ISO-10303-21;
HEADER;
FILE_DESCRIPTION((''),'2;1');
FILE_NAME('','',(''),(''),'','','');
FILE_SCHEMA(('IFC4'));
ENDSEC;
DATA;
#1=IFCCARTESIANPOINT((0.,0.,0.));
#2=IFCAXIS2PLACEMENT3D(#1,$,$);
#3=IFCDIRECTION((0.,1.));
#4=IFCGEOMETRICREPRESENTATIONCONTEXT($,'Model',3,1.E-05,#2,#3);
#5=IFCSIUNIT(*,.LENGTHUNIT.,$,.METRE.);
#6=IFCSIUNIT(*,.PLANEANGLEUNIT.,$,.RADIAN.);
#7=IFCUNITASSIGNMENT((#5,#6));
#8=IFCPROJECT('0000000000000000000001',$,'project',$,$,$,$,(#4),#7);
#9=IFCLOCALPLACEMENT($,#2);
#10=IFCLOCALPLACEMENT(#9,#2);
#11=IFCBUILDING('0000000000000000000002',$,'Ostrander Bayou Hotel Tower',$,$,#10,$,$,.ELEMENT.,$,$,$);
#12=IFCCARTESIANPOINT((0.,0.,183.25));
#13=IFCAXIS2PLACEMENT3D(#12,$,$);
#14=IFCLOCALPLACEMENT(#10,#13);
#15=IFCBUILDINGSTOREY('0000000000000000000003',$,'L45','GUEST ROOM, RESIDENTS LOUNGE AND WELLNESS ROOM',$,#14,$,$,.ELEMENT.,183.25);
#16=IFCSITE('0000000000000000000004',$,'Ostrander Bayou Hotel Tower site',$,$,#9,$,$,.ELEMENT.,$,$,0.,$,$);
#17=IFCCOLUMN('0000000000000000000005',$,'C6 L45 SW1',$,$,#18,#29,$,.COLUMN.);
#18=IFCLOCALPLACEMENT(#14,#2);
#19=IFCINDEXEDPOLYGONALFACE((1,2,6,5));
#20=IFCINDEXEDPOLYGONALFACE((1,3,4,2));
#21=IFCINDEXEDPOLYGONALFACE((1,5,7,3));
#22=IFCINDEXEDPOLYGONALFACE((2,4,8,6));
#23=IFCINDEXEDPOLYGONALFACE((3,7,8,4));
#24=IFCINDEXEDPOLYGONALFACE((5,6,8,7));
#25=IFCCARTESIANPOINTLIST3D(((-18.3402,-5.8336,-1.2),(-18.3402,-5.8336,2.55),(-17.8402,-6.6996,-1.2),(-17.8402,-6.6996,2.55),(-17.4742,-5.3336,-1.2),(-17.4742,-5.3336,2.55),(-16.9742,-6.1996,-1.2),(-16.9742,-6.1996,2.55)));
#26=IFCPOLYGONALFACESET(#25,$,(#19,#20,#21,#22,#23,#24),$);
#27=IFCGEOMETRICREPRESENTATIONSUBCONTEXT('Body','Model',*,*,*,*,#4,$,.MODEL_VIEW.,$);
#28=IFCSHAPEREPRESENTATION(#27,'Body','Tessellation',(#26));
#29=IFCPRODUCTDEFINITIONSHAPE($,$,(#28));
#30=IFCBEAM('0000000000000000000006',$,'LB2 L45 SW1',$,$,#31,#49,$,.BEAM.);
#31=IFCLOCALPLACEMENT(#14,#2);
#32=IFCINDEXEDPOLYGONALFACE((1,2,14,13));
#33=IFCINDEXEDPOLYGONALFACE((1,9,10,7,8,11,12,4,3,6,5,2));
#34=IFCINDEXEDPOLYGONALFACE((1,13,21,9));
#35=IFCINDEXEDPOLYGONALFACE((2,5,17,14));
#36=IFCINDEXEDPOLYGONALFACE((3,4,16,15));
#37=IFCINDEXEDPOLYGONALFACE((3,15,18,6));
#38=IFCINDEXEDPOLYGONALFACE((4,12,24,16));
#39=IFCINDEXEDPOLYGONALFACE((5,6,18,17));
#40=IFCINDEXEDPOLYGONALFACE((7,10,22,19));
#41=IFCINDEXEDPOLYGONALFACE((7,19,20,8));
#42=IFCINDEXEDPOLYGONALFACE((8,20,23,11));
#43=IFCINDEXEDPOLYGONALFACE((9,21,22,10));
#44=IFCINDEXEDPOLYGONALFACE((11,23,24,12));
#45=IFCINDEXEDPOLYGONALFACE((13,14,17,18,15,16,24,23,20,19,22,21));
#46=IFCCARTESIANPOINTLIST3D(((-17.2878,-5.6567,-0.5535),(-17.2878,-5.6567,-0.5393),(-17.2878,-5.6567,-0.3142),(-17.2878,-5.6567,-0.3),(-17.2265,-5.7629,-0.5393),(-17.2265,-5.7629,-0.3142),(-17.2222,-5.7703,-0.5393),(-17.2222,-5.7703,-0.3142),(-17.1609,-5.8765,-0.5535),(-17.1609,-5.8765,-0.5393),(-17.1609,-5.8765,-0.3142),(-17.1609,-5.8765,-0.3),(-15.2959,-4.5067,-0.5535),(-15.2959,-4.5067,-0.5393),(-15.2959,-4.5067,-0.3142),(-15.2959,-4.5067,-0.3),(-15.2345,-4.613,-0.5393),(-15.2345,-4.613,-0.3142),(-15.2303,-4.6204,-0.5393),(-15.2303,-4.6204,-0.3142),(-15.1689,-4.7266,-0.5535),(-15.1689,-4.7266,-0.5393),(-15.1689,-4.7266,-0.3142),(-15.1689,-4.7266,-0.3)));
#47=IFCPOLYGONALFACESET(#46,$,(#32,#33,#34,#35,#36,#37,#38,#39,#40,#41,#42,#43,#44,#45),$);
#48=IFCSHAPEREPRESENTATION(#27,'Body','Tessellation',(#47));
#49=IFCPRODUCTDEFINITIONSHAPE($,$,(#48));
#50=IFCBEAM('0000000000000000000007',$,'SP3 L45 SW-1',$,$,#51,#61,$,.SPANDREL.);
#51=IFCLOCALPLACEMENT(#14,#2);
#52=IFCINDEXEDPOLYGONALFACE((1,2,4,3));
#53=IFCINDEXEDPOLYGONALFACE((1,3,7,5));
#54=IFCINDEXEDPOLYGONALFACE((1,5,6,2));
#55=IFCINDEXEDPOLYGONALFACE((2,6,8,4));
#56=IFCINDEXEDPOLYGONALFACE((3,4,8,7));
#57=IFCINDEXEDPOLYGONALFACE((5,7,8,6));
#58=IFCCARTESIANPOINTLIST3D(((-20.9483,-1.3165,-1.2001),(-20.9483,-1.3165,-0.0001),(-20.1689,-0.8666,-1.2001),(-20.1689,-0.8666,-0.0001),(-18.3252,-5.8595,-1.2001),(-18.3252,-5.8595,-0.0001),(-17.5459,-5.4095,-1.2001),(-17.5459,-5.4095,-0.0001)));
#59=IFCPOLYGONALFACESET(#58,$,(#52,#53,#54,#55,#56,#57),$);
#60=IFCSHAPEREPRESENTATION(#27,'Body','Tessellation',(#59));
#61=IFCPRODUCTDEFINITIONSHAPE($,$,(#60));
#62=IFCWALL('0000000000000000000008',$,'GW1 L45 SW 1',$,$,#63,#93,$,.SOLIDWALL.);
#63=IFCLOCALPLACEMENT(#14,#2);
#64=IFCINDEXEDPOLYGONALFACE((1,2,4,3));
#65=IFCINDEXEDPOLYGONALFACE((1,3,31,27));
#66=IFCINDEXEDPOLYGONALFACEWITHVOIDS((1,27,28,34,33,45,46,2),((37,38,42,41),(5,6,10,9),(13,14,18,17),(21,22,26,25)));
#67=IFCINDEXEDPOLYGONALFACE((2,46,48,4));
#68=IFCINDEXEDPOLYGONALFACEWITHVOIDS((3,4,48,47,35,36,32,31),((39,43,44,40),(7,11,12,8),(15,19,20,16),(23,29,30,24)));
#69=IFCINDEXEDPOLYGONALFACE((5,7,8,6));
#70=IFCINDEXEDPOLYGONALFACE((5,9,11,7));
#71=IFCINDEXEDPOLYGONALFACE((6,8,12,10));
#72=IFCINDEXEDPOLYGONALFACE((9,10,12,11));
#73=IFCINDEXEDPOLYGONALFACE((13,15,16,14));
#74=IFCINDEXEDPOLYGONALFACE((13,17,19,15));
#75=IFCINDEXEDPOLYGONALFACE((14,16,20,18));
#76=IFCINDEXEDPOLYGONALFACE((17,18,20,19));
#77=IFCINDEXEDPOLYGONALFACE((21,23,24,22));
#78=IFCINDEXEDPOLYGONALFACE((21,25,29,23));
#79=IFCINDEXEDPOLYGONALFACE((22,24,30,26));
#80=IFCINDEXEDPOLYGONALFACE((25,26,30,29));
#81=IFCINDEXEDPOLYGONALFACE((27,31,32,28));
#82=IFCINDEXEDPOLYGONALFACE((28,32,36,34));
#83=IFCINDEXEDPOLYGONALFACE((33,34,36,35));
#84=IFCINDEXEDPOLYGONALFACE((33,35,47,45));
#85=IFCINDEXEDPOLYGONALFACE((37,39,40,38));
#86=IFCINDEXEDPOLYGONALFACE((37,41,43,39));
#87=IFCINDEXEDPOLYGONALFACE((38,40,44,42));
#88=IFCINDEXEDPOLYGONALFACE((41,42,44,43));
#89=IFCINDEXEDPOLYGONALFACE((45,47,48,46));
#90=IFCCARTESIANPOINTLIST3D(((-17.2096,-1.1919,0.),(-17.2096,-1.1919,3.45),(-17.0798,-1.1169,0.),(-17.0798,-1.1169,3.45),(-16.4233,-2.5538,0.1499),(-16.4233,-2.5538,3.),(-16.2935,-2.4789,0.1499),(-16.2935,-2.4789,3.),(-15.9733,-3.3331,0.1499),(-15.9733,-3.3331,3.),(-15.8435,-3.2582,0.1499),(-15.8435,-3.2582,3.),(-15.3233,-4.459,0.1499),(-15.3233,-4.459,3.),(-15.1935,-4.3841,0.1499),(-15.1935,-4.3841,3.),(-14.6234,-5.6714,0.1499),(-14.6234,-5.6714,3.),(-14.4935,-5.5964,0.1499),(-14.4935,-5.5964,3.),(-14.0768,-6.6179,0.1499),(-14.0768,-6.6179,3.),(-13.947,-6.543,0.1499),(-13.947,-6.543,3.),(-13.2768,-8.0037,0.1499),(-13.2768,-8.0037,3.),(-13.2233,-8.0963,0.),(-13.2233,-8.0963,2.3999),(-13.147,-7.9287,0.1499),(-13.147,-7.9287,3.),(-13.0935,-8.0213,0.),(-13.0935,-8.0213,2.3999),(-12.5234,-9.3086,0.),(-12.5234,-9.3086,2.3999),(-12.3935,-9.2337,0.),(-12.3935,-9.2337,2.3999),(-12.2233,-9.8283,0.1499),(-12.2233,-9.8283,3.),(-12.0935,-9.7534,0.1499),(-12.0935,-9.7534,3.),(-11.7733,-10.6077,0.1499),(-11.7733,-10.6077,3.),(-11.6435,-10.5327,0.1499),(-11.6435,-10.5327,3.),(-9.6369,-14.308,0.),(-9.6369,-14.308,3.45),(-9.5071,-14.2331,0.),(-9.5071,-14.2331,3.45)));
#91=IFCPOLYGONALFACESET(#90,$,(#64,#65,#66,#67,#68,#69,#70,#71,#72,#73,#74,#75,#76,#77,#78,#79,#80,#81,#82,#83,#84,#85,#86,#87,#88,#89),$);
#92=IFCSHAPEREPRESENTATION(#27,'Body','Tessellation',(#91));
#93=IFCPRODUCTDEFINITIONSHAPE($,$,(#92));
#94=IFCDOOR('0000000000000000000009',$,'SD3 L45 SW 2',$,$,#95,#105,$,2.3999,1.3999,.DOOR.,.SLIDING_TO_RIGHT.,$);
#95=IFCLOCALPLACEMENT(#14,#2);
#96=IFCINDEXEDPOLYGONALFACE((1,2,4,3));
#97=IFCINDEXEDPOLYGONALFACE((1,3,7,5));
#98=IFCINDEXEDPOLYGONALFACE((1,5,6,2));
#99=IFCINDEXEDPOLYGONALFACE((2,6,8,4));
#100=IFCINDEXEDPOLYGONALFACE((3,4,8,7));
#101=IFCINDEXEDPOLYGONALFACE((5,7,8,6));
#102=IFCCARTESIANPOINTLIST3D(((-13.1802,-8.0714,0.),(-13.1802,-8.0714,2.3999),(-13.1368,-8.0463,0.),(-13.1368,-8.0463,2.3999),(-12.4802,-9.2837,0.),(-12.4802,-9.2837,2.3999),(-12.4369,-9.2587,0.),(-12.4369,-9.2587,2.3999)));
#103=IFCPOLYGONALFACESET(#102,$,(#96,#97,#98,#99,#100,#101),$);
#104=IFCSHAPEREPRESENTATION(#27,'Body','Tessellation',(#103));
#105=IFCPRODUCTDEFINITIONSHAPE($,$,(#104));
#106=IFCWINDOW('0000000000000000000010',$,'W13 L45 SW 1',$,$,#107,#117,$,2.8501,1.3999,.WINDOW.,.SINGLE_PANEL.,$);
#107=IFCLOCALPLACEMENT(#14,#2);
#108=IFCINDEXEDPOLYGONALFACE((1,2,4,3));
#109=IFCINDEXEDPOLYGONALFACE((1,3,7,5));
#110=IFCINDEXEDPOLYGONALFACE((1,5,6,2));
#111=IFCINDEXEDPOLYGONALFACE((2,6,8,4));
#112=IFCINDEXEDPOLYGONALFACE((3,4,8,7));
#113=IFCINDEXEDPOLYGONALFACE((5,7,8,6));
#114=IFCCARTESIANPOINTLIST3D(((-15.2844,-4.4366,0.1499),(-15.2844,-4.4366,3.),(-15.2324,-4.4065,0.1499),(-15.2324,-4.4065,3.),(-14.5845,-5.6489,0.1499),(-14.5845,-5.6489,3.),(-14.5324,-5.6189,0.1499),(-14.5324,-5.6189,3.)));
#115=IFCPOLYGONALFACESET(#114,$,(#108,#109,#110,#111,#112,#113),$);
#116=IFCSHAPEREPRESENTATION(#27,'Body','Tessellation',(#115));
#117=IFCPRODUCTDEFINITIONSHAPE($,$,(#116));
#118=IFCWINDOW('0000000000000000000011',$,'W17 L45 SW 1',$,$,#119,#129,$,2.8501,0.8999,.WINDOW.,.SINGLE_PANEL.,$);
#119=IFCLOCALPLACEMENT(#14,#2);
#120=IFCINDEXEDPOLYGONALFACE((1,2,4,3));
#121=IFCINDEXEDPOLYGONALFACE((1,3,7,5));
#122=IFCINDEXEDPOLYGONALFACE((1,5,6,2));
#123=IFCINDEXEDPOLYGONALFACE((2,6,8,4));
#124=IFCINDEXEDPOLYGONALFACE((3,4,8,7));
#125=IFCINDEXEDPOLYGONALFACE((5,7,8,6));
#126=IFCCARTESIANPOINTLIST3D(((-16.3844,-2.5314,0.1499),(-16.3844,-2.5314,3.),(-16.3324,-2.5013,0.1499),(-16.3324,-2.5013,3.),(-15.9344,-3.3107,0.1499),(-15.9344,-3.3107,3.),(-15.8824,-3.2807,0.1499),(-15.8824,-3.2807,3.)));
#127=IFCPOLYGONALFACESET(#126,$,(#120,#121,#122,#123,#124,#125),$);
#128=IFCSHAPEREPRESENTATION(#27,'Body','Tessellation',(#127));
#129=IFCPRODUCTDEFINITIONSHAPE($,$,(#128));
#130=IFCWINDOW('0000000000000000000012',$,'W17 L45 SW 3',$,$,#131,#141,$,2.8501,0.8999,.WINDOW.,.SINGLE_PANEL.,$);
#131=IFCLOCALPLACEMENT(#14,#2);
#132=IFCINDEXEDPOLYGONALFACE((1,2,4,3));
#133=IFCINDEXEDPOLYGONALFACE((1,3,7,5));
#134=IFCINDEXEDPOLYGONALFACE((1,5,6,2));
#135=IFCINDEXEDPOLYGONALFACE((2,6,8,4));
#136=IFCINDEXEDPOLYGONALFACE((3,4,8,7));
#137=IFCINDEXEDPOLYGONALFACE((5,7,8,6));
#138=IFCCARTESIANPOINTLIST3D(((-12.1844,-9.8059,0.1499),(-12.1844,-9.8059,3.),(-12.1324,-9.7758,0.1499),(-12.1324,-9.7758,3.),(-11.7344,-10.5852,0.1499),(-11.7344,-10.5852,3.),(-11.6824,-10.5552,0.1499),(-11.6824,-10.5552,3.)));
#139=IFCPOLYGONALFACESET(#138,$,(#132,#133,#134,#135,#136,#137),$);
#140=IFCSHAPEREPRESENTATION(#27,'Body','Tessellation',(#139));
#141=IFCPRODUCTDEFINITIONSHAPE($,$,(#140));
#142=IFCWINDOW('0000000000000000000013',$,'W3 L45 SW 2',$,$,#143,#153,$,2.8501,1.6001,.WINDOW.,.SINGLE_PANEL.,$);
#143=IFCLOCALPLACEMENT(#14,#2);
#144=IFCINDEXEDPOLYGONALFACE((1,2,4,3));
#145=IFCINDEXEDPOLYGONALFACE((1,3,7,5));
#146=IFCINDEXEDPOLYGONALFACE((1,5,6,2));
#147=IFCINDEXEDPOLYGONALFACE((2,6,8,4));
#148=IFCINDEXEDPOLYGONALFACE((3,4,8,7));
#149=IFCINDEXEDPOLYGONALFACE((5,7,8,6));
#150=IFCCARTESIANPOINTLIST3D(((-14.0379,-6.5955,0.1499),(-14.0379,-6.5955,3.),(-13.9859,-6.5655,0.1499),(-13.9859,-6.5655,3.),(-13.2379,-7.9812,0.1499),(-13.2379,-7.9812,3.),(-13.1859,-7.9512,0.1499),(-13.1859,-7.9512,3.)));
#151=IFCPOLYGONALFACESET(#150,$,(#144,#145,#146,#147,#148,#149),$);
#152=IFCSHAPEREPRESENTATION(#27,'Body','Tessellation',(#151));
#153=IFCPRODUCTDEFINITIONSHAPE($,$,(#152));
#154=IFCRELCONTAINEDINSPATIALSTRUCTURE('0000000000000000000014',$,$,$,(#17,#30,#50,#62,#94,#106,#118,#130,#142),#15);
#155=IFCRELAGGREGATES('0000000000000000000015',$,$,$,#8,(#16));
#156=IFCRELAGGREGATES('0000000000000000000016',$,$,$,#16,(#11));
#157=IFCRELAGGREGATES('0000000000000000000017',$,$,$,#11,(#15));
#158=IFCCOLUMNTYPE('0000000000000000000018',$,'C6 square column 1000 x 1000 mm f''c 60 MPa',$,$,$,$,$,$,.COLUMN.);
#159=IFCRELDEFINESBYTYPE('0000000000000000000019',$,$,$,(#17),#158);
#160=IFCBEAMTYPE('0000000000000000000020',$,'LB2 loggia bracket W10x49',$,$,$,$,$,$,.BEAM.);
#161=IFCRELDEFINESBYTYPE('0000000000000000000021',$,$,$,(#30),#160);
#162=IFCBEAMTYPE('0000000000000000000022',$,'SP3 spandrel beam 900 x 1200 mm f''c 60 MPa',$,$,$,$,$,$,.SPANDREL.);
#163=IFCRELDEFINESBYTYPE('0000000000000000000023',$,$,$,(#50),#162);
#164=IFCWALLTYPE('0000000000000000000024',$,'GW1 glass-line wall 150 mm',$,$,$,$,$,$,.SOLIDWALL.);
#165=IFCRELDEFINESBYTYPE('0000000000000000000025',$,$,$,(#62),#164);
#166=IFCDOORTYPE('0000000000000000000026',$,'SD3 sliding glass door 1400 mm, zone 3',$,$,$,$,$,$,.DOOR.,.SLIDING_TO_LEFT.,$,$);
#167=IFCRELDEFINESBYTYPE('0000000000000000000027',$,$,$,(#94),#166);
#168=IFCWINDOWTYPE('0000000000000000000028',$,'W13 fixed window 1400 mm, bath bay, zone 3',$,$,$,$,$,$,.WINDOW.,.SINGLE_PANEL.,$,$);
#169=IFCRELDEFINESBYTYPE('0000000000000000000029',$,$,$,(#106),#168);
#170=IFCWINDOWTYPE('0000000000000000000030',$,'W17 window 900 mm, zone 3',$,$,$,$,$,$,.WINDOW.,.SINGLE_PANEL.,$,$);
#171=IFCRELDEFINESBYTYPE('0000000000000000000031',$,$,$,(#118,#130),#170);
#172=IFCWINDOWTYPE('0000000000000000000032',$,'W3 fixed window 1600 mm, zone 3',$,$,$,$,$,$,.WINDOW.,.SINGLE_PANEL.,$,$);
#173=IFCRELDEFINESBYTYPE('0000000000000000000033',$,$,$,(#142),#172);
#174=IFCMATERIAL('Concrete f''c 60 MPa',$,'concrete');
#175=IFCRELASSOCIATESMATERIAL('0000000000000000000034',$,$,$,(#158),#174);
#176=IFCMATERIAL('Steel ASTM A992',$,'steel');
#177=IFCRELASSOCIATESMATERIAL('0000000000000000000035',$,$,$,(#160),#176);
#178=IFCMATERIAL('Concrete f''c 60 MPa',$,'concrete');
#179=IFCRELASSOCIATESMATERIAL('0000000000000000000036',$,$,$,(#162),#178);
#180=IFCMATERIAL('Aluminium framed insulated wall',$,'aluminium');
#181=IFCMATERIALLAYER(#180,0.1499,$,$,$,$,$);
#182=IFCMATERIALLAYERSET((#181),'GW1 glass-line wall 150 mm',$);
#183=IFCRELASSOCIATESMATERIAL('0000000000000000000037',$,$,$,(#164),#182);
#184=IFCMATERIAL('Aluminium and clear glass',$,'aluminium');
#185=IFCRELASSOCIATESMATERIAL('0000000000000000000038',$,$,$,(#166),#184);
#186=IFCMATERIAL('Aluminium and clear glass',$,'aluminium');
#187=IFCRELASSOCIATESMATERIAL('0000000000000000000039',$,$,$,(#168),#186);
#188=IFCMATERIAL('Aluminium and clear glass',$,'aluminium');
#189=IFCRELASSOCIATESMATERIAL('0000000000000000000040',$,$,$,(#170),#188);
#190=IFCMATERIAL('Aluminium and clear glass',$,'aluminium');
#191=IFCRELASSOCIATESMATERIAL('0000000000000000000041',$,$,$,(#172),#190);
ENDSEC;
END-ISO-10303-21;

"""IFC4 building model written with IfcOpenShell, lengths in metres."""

from ifc_helpers import new_model, si_unit, direction, frame, frame_2d, origin, origin_2d, place, context, subcontext, project, spatial, rectangle, i_section, extrude, material, layer, layer_set, material_profile, profile_set, type_object, element, fill, save


model = new_model("IFC4")

# Units and contexts
model_context = context("Model", 3, precision=1e-05, world=origin(), true_north=direction((0.0, 1.0)))
body_context = subcontext(model_context, "Body", "Model", "MODEL_VIEW")
ifc_project = project(units=[si_unit("LENGTHUNIT", "METRE"), si_unit("PLANEANGLEUNIT", "RADIAN")], contexts=[model_context])

# Site, building, storey
site_placement = place(None, origin())
site = spatial("IfcSite", under=ifc_project, at=site_placement, Name="Ostrander Bayou Hotel Tower site", CompositionType="ELEMENT", RefElevation=0.0)
building_placement = place(site_placement, origin())
building = spatial("IfcBuilding", under=site, at=building_placement, Name="Ostrander Bayou Hotel Tower", CompositionType="ELEMENT")
storey_placement = place(building_placement, frame((0.0, 0.0, 183.25)))
storey = spatial("IfcBuildingStorey", under=building, at=storey_placement, Name="L45", Description="GUEST ROOM, RESIDENTS LOUNGE AND WELLNESS ROOM", CompositionType="ELEMENT", Elevation=183.25)

# Column
ifc_material_1 = material(Name="Concrete f'c 60 MPa", Category="concrete")
ifc_material_profile_1 = material_profile(ifc_material_1, rectangle(XDim=1.0, YDim=1.0, at=origin_2d()))
ifc_profile_set_1 = profile_set([ifc_material_profile_1], Name="Concrete f'c 60 MPa")
column_type = type_object("IfcColumnType", Name="C6 square column 1000 x 1000 mm f'c 60 MPa", PredefinedType="COLUMN", material=ifc_profile_set_1)
column_placement = place(storey_placement, frame((-17.6572, -6.0166, -1.2), z_axis=(0.0, 0.0, 1.0), x_axis=(-0.5, 0.866025, 0.0)))
element("IfcColumn", 1, at=column_placement, inside=storey, type_object=column_type, Name="C6 L45 SW1", PredefinedType="COLUMN", context=body_context, shape_type="SweptSolid", body=[
    extrude(rectangle(XDim=1.0, YDim=1.0, at=origin_2d()), origin(), (0.0, 0.0, 1.0), 3.75),
])

# Beams
ifc_material_2 = material(Name="Steel ASTM A992", Category="steel")
ifc_material_profile_2 = material_profile(ifc_material_2, i_section(OverallWidth=0.2539, OverallDepth=0.2534, WebThickness=0.0085, FlangeThickness=0.0142, at=origin_2d()))
ifc_profile_set_2 = profile_set([ifc_material_profile_2], Name="Steel ASTM A992")
beam_type_1 = type_object("IfcBeamType", Name="LB2 loggia bracket W10x49", PredefinedType="BEAM", material=ifc_profile_set_2)
beam_1_placement = place(storey_placement, frame((-17.2244, -5.7666, -0.4268), z_axis=(0.866053, 0.499952, 0.0), x_axis=(-0.499952, 0.866053, 0.0)))
element("IfcBeam", 2, at=beam_1_placement, inside=storey, type_object=beam_type_1, Name="LB2 L45 SW1", PredefinedType="BEAM", context=body_context, shape_type="SweptSolid", body=[
    extrude(i_section(OverallWidth=0.2539, OverallDepth=0.2534, WebThickness=0.0085, FlangeThickness=0.0142, at=origin_2d()), origin(), (0.0, 0.0, 1.0), 2.3),
])
ifc_material_3 = material(Name="Concrete f'c 60 MPa", Category="concrete")
ifc_material_profile_3 = material_profile(ifc_material_3, rectangle(XDim=0.8999, YDim=1.2, at=origin_2d()))
ifc_profile_set_3 = profile_set([ifc_material_profile_3], Name="Concrete f'c 60 MPa")
beam_type_2 = type_object("IfcBeamType", Name="SP3 spandrel beam 900 x 1200 mm f'c 60 MPa", PredefinedType="SPANDREL", material=ifc_profile_set_3)
beam_2_placement = place(storey_placement, frame((-20.5586, -1.0916, -0.6001), z_axis=(0.500023, -0.866012, 0.0), x_axis=(0.866012, 0.500023, 0.0)))
element("IfcBeam", 3, at=beam_2_placement, inside=storey, type_object=beam_type_2, Name="SP3 L45 SW-1", PredefinedType="SPANDREL", context=body_context, shape_type="SweptSolid", body=[
    extrude(rectangle(XDim=0.8999, YDim=1.2, at=origin_2d()), origin(), (0.0, 0.0, 1.0), 5.2458),
])

# Wall, openings, door, windows
ifc_material_4 = material(Name="Aluminium framed insulated wall", Category="aluminium")
ifc_layer_1 = layer(ifc_material_4, 0.1499)
ifc_layer_set_1 = layer_set([ifc_layer_1], Name="GW1 glass-line wall 150 mm")
wall_type_1 = type_object("IfcWallType", Name="GW1 glass-line wall 150 mm", PredefinedType="SOLIDWALL", material=ifc_layer_set_1)
wall_1_placement = place(storey_placement, frame((-17.1448, -1.1543, 0.0), z_axis=(0.0, 0.0, 1.0), x_axis=(0.500005, -0.866022, 0.0)))
wall_1 = element("IfcWall", 4, at=wall_1_placement, inside=storey, type_object=wall_type_1, Name="GW1 L45 SW 1", PredefinedType="SOLIDWALL", context=body_context, shape_type="SweptSolid", body=[
    extrude(rectangle(XDim=15.1453, YDim=0.1499, at=frame_2d((7.5728, 0.0))), origin(), (0.0, 0.0, 1.0), 3.45),
])
opening_1_placement = place(wall_1_placement, frame((1.5728, 0.0, 0.1499)))
opening_1 = element("IfcOpeningElement", 5, at=opening_1_placement, cuts=wall_1, PredefinedType="OPENING", context=body_context, shape_type="SweptSolid", body=[
    extrude(rectangle(XDim=0.8999, YDim=2.8501, at=frame_2d((0.45, 1.425))), frame((0.0, 0.075, 0.0), z_axis=(0.0, -1.0, 0.0), x_axis=(1.0, 0.0, 0.0)), (0.0, 0.0, 1.0), 0.1499),
])
opening_2_placement = place(wall_1_placement, frame((3.7727, 0.0, 0.1499)))
opening_2 = element("IfcOpeningElement", 6, at=opening_2_placement, cuts=wall_1, PredefinedType="OPENING", context=body_context, shape_type="SweptSolid", body=[
    extrude(rectangle(XDim=1.3999, YDim=2.8501, at=frame_2d((0.7, 1.425))), frame((0.0, 0.075, 0.0), z_axis=(0.0, -1.0, 0.0), x_axis=(1.0, 0.0, 0.0)), (0.0, 0.0, 1.0), 0.1499),
])
opening_3_placement = place(wall_1_placement, frame((6.2656, 0.0, 0.1499)))
opening_3 = element("IfcOpeningElement", 7, at=opening_3_placement, cuts=wall_1, PredefinedType="OPENING", context=body_context, shape_type="SweptSolid", body=[
    extrude(rectangle(XDim=1.6001, YDim=2.8501, at=frame_2d((0.8, 1.425))), frame((0.0, 0.075, 0.0), z_axis=(0.0, -1.0, 0.0), x_axis=(1.0, 0.0, 0.0)), (0.0, 0.0, 1.0), 0.1499),
])
opening_4_placement = place(wall_1_placement, frame((7.9727, 0.0, 0.0)))
opening_4 = element("IfcOpeningElement", 8, at=opening_4_placement, cuts=wall_1, PredefinedType="OPENING", context=body_context, shape_type="SweptSolid", body=[
    extrude(rectangle(XDim=1.3999, YDim=2.3999, at=frame_2d((0.7, 1.2))), frame((0.0, 0.075, 0.0), z_axis=(0.0, -1.0, 0.0), x_axis=(1.0, 0.0, 0.0)), (0.0, 0.0, 1.0), 0.1499),
])
opening_5_placement = place(wall_1_placement, frame((9.9727, 0.0, 0.1499)))
opening_5 = element("IfcOpeningElement", 9, at=opening_5_placement, cuts=wall_1, PredefinedType="OPENING", context=body_context, shape_type="SweptSolid", body=[
    extrude(rectangle(XDim=0.8999, YDim=2.8501, at=frame_2d((0.45, 1.425))), frame((0.0, 0.075, 0.0), z_axis=(0.0, -1.0, 0.0), x_axis=(1.0, 0.0, 0.0)), (0.0, 0.0, 1.0), 0.1499),
])
ifc_material_5 = material(Name="Aluminium and clear glass", Category="aluminium")
door_type_1 = type_object("IfcDoorType", Name="SD3 sliding glass door 1400 mm, zone 3", OperationType="SLIDING_TO_LEFT", PredefinedType="DOOR", material=ifc_material_5)
door_1_placement = place(opening_4_placement, origin())
door_1 = element("IfcDoor", 10, at=door_1_placement, inside=storey, type_object=door_type_1, Name="SD3 L45 SW 2", OperationType="SLIDING_TO_RIGHT", OverallHeight=2.3999, OverallWidth=1.3999, PredefinedType="DOOR", context=body_context, shape_type="SweptSolid", body=[
    extrude(rectangle(XDim=1.3999, YDim=2.3999, at=frame_2d((0.7, 1.2))), frame((0.0, 0.0249, 0.0), z_axis=(0.0, -1.0, 0.0), x_axis=(1.0, 0.0, 0.0)), (0.0, 0.0, 1.0), 0.05),
])
fill(opening_4, door_1)
ifc_material_6 = material(Name="Aluminium and clear glass", Category="aluminium")
window_type_1 = type_object("IfcWindowType", Name="W13 fixed window 1400 mm, bath bay, zone 3", PartitioningType="SINGLE_PANEL", PredefinedType="WINDOW", material=ifc_material_6)
window_1_placement = place(opening_2_placement, origin())
window_1 = element("IfcWindow", 11, at=window_1_placement, inside=storey, type_object=window_type_1, Name="W13 L45 SW 1", OverallHeight=2.8501, OverallWidth=1.3999, PartitioningType="SINGLE_PANEL", PredefinedType="WINDOW", context=body_context, shape_type="SweptSolid", body=[
    extrude(rectangle(XDim=1.3999, YDim=2.8501, at=frame_2d((0.7, 1.425))), frame((0.0, 0.03, 0.0), z_axis=(0.0, -1.0, 0.0), x_axis=(1.0, 0.0, 0.0)), (0.0, 0.0, 1.0), 0.0601),
])
fill(opening_2, window_1)
ifc_material_7 = material(Name="Aluminium and clear glass", Category="aluminium")
window_type_2 = type_object("IfcWindowType", Name="W17 window 900 mm, zone 3", PartitioningType="SINGLE_PANEL", PredefinedType="WINDOW", material=ifc_material_7)
window_2_placement = place(opening_1_placement, origin())
window_2 = element("IfcWindow", 12, at=window_2_placement, inside=storey, type_object=window_type_2, Name="W17 L45 SW 1", OverallHeight=2.8501, OverallWidth=0.8999, PartitioningType="SINGLE_PANEL", PredefinedType="WINDOW", context=body_context, shape_type="SweptSolid", body=[
    extrude(rectangle(XDim=0.8999, YDim=2.8501, at=frame_2d((0.45, 1.425))), frame((0.0, 0.03, 0.0), z_axis=(0.0, -1.0, 0.0), x_axis=(1.0, 0.0, 0.0)), (0.0, 0.0, 1.0), 0.0601),
])
fill(opening_1, window_2)
window_3_placement = place(opening_5_placement, origin())
window_3 = element("IfcWindow", 13, at=window_3_placement, inside=storey, type_object=window_type_2, Name="W17 L45 SW 3", OverallHeight=2.8501, OverallWidth=0.8999, PartitioningType="SINGLE_PANEL", PredefinedType="WINDOW", context=body_context, shape_type="SweptSolid", body=[
    extrude(rectangle(XDim=0.8999, YDim=2.8501, at=frame_2d((0.45, 1.425))), frame((0.0, 0.03, 0.0), z_axis=(0.0, -1.0, 0.0), x_axis=(1.0, 0.0, 0.0)), (0.0, 0.0, 1.0), 0.0601),
])
fill(opening_5, window_3)
ifc_material_8 = material(Name="Aluminium and clear glass", Category="aluminium")
window_type_3 = type_object("IfcWindowType", Name="W3 fixed window 1600 mm, zone 3", PartitioningType="SINGLE_PANEL", PredefinedType="WINDOW", material=ifc_material_8)
window_4_placement = place(opening_3_placement, origin())
window_4 = element("IfcWindow", 14, at=window_4_placement, inside=storey, type_object=window_type_3, Name="W3 L45 SW 2", OverallHeight=2.8501, OverallWidth=1.6001, PartitioningType="SINGLE_PANEL", PredefinedType="WINDOW", context=body_context, shape_type="SweptSolid", body=[
    extrude(rectangle(XDim=1.6001, YDim=2.8501, at=frame_2d((0.8, 1.425))), frame((0.0, 0.03, 0.0), z_axis=(0.0, -1.0, 0.0), x_axis=(1.0, 0.0, 0.0)), (0.0, 0.0, 1.0), 0.0601),
])
fill(opening_3, window_4)

save(model, "model.ifc")
